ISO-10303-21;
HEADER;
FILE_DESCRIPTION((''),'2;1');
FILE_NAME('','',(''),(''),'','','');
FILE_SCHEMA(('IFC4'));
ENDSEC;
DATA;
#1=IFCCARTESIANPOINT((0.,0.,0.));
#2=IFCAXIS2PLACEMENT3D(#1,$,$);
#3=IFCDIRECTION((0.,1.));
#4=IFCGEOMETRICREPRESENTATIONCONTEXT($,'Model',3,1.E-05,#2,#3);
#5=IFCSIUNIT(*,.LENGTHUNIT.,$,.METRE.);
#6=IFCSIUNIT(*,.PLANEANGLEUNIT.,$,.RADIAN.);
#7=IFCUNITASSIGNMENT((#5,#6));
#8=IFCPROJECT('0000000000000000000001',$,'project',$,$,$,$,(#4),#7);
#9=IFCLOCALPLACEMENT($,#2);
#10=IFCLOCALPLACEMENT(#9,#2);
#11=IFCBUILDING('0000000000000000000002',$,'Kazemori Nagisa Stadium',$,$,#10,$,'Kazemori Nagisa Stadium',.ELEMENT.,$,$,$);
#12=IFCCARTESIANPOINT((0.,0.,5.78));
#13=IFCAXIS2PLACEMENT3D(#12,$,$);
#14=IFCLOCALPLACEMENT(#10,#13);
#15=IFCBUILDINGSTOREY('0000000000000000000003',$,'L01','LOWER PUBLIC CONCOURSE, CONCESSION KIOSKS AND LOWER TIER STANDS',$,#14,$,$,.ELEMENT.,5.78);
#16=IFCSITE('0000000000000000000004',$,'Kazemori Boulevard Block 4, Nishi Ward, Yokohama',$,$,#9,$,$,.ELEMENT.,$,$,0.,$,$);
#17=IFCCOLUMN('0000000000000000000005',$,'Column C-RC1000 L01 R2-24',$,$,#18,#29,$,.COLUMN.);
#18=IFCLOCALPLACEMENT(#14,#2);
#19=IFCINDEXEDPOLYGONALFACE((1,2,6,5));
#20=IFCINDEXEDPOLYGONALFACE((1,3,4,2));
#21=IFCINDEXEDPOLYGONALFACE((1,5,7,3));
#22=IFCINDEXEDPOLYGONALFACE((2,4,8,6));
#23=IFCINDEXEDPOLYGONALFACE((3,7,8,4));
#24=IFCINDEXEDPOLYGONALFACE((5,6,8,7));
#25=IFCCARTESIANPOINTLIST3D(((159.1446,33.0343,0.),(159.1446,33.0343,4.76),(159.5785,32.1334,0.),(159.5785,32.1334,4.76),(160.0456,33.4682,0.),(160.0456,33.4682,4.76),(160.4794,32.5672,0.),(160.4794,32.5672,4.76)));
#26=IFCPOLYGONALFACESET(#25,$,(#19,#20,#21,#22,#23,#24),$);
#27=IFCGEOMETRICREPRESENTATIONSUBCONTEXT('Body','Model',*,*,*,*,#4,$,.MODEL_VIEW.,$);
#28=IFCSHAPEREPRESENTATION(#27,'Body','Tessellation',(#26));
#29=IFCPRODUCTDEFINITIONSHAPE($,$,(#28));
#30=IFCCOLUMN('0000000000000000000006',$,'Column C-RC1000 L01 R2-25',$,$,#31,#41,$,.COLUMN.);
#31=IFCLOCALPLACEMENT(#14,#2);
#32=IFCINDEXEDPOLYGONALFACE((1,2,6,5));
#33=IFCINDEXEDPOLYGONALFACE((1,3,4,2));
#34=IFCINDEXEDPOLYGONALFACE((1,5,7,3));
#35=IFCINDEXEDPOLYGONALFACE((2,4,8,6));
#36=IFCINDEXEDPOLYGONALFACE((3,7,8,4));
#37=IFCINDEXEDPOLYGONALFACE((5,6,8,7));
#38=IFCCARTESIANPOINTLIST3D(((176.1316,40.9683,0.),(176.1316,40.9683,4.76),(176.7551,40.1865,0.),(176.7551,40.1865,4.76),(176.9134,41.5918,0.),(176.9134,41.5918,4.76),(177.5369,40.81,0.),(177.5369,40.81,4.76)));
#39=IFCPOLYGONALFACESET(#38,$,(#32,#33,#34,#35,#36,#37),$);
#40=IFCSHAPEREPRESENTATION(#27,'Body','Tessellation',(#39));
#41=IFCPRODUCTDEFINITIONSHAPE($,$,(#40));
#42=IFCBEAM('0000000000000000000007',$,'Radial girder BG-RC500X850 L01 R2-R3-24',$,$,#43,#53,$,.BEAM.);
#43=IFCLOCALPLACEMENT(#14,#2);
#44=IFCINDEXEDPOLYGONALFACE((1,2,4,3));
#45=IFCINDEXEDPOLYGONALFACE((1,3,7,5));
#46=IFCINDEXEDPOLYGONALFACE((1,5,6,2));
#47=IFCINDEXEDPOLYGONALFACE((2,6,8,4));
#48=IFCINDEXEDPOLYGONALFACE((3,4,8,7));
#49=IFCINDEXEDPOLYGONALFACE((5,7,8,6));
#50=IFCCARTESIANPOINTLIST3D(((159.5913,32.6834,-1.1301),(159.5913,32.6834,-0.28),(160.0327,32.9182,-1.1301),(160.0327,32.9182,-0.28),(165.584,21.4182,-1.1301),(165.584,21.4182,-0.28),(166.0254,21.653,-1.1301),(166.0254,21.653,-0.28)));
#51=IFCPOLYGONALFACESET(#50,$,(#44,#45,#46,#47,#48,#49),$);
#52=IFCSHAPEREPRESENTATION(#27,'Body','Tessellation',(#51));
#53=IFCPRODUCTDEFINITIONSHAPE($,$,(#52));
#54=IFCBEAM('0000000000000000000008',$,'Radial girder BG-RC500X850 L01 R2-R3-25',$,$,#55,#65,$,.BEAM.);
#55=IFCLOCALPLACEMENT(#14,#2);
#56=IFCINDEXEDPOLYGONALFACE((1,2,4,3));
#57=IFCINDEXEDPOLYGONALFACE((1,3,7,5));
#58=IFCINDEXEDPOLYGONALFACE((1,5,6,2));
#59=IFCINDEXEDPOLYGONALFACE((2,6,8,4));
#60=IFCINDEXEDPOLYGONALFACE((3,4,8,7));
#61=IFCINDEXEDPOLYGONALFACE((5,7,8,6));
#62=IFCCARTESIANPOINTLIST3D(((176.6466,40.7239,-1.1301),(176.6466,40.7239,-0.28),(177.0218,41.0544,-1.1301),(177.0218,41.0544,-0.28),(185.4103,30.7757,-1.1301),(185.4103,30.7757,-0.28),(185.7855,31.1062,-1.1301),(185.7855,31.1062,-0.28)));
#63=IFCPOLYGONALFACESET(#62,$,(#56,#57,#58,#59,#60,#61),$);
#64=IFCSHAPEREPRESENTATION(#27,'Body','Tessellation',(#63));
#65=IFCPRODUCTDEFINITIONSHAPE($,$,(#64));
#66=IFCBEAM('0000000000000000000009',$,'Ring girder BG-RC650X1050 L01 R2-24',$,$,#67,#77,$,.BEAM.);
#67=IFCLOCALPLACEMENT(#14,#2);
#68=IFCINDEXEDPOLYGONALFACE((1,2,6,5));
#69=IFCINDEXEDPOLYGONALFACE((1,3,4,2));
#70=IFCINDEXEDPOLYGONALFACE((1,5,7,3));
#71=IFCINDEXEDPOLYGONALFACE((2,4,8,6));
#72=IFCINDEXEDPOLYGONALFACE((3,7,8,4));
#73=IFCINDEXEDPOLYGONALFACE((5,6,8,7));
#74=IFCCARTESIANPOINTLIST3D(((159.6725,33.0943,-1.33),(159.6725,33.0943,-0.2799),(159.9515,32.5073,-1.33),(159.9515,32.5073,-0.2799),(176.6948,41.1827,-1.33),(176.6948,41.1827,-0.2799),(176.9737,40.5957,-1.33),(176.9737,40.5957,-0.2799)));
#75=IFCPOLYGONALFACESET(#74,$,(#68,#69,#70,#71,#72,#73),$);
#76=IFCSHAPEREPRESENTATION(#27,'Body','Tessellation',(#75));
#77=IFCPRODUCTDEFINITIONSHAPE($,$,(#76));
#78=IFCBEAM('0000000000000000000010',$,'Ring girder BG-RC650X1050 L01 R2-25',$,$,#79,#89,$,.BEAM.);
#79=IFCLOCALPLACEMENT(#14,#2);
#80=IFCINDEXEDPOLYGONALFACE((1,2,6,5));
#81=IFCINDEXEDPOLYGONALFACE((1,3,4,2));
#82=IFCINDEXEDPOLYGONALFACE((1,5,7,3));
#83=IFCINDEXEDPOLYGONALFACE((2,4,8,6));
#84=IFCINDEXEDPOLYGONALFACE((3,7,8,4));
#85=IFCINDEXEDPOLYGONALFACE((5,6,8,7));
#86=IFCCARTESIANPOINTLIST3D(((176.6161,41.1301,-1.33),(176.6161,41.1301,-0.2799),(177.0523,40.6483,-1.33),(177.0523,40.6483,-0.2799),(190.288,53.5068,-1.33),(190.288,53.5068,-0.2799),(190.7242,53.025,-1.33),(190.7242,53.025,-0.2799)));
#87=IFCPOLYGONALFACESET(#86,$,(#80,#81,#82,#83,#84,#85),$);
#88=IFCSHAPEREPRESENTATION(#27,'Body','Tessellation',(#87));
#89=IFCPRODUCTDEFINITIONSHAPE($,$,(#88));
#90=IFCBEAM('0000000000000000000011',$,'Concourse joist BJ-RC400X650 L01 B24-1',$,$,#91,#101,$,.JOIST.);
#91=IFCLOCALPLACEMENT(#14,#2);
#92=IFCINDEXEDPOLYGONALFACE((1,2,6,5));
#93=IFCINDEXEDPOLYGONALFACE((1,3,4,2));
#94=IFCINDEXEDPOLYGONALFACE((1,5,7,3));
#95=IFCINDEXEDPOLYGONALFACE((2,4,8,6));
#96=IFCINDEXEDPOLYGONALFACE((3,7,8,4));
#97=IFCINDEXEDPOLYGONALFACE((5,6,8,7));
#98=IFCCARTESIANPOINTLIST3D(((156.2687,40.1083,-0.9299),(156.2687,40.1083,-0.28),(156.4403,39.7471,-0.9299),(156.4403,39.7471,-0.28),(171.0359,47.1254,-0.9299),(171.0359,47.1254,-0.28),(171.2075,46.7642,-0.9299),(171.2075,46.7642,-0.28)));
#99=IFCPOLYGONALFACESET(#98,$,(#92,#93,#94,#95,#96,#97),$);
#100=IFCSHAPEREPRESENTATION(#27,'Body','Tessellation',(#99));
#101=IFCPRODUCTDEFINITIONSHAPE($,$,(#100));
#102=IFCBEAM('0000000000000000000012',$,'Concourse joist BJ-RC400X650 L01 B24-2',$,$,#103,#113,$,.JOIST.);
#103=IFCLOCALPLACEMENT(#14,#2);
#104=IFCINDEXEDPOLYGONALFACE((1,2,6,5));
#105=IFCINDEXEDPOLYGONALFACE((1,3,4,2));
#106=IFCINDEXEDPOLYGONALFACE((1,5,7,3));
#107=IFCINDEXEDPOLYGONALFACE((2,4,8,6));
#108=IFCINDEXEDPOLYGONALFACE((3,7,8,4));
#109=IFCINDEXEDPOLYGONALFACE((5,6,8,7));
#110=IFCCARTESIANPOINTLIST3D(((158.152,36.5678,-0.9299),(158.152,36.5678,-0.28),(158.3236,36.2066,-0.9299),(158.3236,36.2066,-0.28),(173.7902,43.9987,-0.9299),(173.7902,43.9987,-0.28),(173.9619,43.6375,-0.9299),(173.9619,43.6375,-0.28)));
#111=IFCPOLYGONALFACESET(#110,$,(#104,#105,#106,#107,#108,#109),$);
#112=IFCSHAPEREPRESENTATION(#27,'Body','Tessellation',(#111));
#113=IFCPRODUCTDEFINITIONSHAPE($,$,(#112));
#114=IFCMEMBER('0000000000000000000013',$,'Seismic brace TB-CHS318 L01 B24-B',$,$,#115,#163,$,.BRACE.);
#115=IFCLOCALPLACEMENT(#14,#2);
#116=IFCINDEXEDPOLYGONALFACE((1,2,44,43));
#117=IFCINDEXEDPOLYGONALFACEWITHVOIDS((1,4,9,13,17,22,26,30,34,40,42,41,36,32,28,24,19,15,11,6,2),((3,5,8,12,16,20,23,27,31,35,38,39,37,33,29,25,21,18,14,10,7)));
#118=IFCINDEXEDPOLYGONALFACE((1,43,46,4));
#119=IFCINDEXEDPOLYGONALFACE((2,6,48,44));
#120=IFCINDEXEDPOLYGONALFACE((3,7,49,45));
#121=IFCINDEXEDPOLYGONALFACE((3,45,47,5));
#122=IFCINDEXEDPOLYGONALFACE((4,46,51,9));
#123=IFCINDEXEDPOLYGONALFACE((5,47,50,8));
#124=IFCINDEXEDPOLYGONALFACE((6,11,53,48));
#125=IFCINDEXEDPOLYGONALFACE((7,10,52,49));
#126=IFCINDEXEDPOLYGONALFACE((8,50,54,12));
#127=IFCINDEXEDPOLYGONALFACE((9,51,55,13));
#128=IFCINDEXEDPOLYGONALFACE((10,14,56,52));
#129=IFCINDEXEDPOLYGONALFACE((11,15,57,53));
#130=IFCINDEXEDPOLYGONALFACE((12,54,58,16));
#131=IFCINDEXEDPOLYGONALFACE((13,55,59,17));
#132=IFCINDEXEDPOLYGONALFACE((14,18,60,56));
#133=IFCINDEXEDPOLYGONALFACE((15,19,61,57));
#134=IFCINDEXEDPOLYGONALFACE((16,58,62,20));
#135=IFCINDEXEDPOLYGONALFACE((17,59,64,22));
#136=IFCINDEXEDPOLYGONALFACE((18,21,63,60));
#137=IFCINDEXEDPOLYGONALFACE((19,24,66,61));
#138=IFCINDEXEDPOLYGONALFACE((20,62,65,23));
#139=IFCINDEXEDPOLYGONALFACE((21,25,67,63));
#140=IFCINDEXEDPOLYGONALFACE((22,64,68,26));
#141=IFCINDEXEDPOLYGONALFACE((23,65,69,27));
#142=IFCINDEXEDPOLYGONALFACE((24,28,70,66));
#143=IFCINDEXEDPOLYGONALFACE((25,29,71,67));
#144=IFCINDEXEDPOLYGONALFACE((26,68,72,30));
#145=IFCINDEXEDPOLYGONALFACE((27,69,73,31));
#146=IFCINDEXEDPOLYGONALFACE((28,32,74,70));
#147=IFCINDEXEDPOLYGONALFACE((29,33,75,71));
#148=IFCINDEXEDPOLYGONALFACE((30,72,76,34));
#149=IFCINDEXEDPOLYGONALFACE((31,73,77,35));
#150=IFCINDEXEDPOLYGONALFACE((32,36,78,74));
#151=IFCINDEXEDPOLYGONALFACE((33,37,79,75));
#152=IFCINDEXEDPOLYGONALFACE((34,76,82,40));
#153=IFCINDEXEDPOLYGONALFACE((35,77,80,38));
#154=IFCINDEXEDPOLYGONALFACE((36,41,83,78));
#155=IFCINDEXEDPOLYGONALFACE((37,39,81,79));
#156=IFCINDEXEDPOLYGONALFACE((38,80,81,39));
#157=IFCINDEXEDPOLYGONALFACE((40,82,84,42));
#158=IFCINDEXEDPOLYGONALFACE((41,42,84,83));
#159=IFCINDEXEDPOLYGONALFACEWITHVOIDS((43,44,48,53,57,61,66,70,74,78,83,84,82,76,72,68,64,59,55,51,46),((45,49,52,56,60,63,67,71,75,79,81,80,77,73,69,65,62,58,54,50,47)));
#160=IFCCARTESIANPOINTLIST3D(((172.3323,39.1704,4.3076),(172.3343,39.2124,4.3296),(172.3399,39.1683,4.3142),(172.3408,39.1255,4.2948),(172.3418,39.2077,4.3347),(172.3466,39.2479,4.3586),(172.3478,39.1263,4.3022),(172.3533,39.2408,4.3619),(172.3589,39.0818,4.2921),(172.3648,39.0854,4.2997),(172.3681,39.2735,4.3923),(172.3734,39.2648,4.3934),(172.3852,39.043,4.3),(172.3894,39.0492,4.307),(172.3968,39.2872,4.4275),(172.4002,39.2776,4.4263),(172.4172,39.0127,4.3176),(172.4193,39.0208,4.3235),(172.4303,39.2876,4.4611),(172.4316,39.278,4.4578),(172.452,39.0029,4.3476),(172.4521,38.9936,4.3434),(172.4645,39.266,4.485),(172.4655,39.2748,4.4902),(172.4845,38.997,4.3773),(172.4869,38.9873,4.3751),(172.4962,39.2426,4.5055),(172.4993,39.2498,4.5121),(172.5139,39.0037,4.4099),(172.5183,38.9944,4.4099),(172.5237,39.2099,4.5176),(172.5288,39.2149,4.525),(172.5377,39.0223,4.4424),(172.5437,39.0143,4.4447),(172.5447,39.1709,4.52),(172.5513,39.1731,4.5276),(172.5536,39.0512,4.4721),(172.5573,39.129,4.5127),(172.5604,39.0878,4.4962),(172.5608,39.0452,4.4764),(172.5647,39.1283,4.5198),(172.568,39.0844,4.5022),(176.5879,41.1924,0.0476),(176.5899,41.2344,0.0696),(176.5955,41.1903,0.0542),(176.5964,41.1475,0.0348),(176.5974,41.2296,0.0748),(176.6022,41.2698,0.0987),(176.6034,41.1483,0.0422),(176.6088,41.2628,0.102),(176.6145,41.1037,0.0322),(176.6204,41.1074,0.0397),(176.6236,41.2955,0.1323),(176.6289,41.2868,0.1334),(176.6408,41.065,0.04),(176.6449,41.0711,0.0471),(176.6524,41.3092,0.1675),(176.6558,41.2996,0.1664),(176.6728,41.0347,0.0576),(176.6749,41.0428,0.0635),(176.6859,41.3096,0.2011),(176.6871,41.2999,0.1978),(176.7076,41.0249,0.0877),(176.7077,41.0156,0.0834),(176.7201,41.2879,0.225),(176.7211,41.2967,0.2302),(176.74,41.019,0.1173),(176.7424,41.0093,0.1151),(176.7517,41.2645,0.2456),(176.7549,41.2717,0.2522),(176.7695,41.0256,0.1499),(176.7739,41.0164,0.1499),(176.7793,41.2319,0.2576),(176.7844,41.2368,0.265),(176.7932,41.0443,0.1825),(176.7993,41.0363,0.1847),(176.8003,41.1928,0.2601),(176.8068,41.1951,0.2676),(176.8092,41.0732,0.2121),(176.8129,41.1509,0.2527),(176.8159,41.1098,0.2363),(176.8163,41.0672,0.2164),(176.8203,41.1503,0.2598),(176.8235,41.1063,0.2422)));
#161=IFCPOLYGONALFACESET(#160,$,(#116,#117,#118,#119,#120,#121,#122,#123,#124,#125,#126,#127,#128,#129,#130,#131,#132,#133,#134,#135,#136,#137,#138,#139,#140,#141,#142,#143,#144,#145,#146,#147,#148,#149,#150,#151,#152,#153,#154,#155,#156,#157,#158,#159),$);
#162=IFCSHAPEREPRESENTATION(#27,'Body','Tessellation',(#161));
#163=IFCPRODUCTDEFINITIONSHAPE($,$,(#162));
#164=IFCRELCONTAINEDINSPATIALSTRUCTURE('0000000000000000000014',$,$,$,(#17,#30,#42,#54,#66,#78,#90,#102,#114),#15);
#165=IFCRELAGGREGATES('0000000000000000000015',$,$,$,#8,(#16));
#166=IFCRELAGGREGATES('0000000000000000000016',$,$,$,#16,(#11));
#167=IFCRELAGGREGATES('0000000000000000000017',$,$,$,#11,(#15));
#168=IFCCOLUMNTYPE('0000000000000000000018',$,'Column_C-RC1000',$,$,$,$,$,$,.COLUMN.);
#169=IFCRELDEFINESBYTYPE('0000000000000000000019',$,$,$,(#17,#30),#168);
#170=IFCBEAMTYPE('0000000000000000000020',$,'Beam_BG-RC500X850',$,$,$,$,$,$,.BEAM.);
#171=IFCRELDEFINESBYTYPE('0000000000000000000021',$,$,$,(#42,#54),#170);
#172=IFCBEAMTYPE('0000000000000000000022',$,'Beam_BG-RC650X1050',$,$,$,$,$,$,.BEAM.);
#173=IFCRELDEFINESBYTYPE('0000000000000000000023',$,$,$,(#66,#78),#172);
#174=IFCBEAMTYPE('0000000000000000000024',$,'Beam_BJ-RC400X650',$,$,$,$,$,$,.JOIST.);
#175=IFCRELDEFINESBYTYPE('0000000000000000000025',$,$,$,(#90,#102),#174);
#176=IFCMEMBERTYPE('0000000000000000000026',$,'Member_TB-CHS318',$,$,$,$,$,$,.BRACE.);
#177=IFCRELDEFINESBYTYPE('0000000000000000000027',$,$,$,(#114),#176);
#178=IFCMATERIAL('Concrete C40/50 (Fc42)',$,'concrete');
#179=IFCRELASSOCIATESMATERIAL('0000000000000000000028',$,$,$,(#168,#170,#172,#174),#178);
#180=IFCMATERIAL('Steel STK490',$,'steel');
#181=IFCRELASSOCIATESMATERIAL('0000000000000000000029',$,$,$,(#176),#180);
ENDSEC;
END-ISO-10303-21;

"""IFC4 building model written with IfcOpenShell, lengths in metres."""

from ifc_helpers import new_model, si_unit, direction, frame, origin, origin_2d, place, context, subcontext, project, spatial, rectangle, hollow_circle, extrude, material, material_profile, profile_set, type_object, element, save


model = new_model("IFC4")

# Units and contexts
model_context = context("Model", 3, precision=1e-05, world=origin(), true_north=direction((0.0, 1.0)))
body_context = subcontext(model_context, "Body", "Model", "MODEL_VIEW")
ifc_project = project(units=[si_unit("LENGTHUNIT", "METRE"), si_unit("PLANEANGLEUNIT", "RADIAN")], contexts=[model_context])

# Site, building, storey
site_placement = place(None, origin())
site = spatial("IfcSite", under=ifc_project, at=site_placement, Name="Kazemori Boulevard Block 4, Nishi Ward, Yokohama", CompositionType="ELEMENT", RefElevation=0.0)
building_placement = place(site_placement, origin())
building = spatial("IfcBuilding", under=site, at=building_placement, Name="Kazemori Nagisa Stadium", LongName="Kazemori Nagisa Stadium", CompositionType="ELEMENT")
storey_placement = place(building_placement, frame((0.0, 0.0, 5.78)))
storey = spatial("IfcBuildingStorey", under=building, at=storey_placement, Name="L01", Description="LOWER PUBLIC CONCOURSE, CONCESSION KIOSKS AND LOWER TIER STANDS", CompositionType="ELEMENT", Elevation=5.78)

# Columns
ifc_material_1 = material(Name="Concrete C40/50 (Fc42)", Category="concrete")
ifc_material_profile_1 = material_profile(ifc_material_1, rectangle(XDim=1.0, YDim=1.0, at=origin_2d()), Name="RC-COL-1000x1000")
ifc_profile_set_1 = profile_set([ifc_material_profile_1], Name="Concrete C40/50 (Fc42)")
column_type = type_object("IfcColumnType", Name="Column_C-RC1000", PredefinedType="COLUMN", material=ifc_profile_set_1)
for number, where, z_axis, x_axis, name in (
    (1, (159.812, 32.8008, 0.0), (0.0, 0.0, 1.0), (0.433884, -0.900969, 0.0), "Column C-RC1000 L01 R2-24"),
    (2, (176.8342, 40.8892, 0.0), (0.0, 0.0, 1.0), (0.62349, -0.781831, 0.0), "Column C-RC1000 L01 R2-25"),
):
    element("IfcColumn", number, at=place(storey_placement, frame(where, z_axis=z_axis, x_axis=x_axis)), inside=storey, type_object=column_type, Name=name, PredefinedType="COLUMN", context=body_context, shape_type="SweptSolid", body=[
        extrude(rectangle(XDim=1.0, YDim=1.0, at=origin_2d()), origin(), (0.0, 0.0, 1.0), 4.76),
    ])

# Beams
ifc_material_profile_2 = material_profile(ifc_material_1, rectangle(XDim=0.5, YDim=0.8501, at=origin_2d()), Name="RC-BM-500x850")
ifc_profile_set_2 = profile_set([ifc_material_profile_2], Name="Concrete C40/50 (Fc42)")
beam_type_1 = type_object("IfcBeamType", Name="Beam_BG-RC500X850", PredefinedType="BEAM", material=ifc_profile_set_2)
beam_1_placement = place(storey_placement, frame((159.812, 32.8008, -0.7051), z_axis=(0.469649, -0.882853, 0.0), x_axis=(0.882853, 0.469649, 0.0)))
element("IfcBeam", 3, at=beam_1_placement, inside=storey, type_object=beam_type_1, Name="Radial girder BG-RC500X850 L01 R2-R3-24", PredefinedType="BEAM", context=body_context, shape_type="SweptSolid", body=[
    extrude(rectangle(XDim=0.5, YDim=0.8501, at=origin_2d()), origin(), (0.0, 0.0, 1.0), 12.76),
])
beam_2_placement = place(storey_placement, frame((176.8342, 40.8892, -0.7051), z_axis=(0.66102, -0.750369, 0.0), x_axis=(0.750369, 0.66102, 0.0)))
element("IfcBeam", 4, at=beam_2_placement, inside=storey, type_object=beam_type_1, Name="Radial girder BG-RC500X850 L01 R2-R3-25", PredefinedType="BEAM", context=body_context, shape_type="SweptSolid", body=[
    extrude(rectangle(XDim=0.5, YDim=0.8501, at=origin_2d()), origin(), (0.0, 0.0, 1.0), 13.2578),
])
ifc_material_profile_3 = material_profile(ifc_material_1, rectangle(XDim=0.6499, YDim=1.05, at=origin_2d()), Name="RC-BM-650x1050")
ifc_profile_set_3 = profile_set([ifc_material_profile_3], Name="Concrete C40/50 (Fc42)")
beam_type_2 = type_object("IfcBeamType", Name="Beam_BG-RC650X1050", PredefinedType="BEAM", material=ifc_profile_set_3)
beam_3_placement = place(storey_placement, frame((159.812, 32.8008, -0.8049), z_axis=(0.903219, 0.429179, 0.0), x_axis=(-0.429179, 0.903219, 0.0)))
element("IfcBeam", 5, at=beam_3_placement, inside=storey, type_object=beam_type_2, Name="Ring girder BG-RC650X1050 L01 R2-24", PredefinedType="BEAM", context=body_context, shape_type="SweptSolid", body=[
    extrude(rectangle(XDim=0.6499, YDim=1.05, at=origin_2d()), origin(), (0.0, 0.0, 1.0), 18.8462),
])
beam_4_placement = place(storey_placement, frame((176.8342, 40.8892, -0.8049), z_axis=(0.741349, 0.67112, 0.0), x_axis=(-0.67112, 0.741349, 0.0)))
element("IfcBeam", 6, at=beam_4_placement, inside=storey, type_object=beam_type_2, Name="Ring girder BG-RC650X1050 L01 R2-25", PredefinedType="BEAM", context=body_context, shape_type="SweptSolid", body=[
    extrude(rectangle(XDim=0.6499, YDim=1.05, at=origin_2d()), origin(), (0.0, 0.0, 1.0), 18.4419),
])
ifc_material_profile_4 = material_profile(ifc_material_1, rectangle(XDim=0.3999, YDim=0.6499, at=origin_2d()), Name="RC-BM-400x650")
ifc_profile_set_4 = profile_set([ifc_material_profile_4], Name="Concrete C40/50 (Fc42)")
beam_type_3 = type_object("IfcBeamType", Name="Beam_BJ-RC400X650", PredefinedType="JOIST", material=ifc_profile_set_4)
beam_5_placement = place(storey_placement, frame((156.3545, 39.9277, -0.605), z_axis=(0.903216, 0.429187, 0.0), x_axis=(-0.429187, 0.903216, 0.0)))
element("IfcBeam", 7, at=beam_5_placement, inside=storey, type_object=beam_type_3, Name="Concourse joist BJ-RC400X650 L01 B24-1", PredefinedType="JOIST", context=body_context, shape_type="SweptSolid", body=[
    extrude(rectangle(XDim=0.3999, YDim=0.6499, at=origin_2d()), origin(), (0.0, 0.0, 1.0), 16.3496),
])
beam_6_placement = place(storey_placement, frame((158.2378, 36.3872, -0.605), z_axis=(0.903215, 0.429187, 0.0), x_axis=(-0.429187, 0.903215, 0.0)))
element("IfcBeam", 8, at=beam_6_placement, inside=storey, type_object=beam_type_3, Name="Concourse joist BJ-RC400X650 L01 B24-2", PredefinedType="JOIST", context=body_context, shape_type="SweptSolid", body=[
    extrude(rectangle(XDim=0.3999, YDim=0.6499, at=origin_2d()), origin(), (0.0, 0.0, 1.0), 17.314),
])

# Member
ifc_material_2 = material(Name="Steel STK490", Category="steel")
ifc_material_profile_5 = material_profile(ifc_material_2, hollow_circle(Radius=0.1592, WallThickness=0.0103, at=origin_2d()), Name="CHS-318.5x10.3")
ifc_profile_set_5 = profile_set([ifc_material_profile_5], Name="Steel STK490")
member_type_1 = type_object("IfcMemberType", Name="Member_TB-CHS318", PredefinedType="BRACE", material=ifc_profile_set_5)
member_1_placement = place(storey_placement, frame((176.7056, 41.1602, 0.1499), z_axis=(-0.669978, -0.318327, 0.67067), x_axis=(0.429153, -0.903232, 0.0)))
element("IfcMember", 9, at=member_1_placement, inside=storey, type_object=member_type_1, Name="Seismic brace TB-CHS318 L01 B24-B", PredefinedType="BRACE", context=body_context, shape_type="SweptSolid", body=[
    extrude(hollow_circle(Radius=0.1592, WallThickness=0.0103, at=origin_2d()), origin(), (0.0, 0.0, 1.0), 6.3518),
])

save(model, "model.ifc")
